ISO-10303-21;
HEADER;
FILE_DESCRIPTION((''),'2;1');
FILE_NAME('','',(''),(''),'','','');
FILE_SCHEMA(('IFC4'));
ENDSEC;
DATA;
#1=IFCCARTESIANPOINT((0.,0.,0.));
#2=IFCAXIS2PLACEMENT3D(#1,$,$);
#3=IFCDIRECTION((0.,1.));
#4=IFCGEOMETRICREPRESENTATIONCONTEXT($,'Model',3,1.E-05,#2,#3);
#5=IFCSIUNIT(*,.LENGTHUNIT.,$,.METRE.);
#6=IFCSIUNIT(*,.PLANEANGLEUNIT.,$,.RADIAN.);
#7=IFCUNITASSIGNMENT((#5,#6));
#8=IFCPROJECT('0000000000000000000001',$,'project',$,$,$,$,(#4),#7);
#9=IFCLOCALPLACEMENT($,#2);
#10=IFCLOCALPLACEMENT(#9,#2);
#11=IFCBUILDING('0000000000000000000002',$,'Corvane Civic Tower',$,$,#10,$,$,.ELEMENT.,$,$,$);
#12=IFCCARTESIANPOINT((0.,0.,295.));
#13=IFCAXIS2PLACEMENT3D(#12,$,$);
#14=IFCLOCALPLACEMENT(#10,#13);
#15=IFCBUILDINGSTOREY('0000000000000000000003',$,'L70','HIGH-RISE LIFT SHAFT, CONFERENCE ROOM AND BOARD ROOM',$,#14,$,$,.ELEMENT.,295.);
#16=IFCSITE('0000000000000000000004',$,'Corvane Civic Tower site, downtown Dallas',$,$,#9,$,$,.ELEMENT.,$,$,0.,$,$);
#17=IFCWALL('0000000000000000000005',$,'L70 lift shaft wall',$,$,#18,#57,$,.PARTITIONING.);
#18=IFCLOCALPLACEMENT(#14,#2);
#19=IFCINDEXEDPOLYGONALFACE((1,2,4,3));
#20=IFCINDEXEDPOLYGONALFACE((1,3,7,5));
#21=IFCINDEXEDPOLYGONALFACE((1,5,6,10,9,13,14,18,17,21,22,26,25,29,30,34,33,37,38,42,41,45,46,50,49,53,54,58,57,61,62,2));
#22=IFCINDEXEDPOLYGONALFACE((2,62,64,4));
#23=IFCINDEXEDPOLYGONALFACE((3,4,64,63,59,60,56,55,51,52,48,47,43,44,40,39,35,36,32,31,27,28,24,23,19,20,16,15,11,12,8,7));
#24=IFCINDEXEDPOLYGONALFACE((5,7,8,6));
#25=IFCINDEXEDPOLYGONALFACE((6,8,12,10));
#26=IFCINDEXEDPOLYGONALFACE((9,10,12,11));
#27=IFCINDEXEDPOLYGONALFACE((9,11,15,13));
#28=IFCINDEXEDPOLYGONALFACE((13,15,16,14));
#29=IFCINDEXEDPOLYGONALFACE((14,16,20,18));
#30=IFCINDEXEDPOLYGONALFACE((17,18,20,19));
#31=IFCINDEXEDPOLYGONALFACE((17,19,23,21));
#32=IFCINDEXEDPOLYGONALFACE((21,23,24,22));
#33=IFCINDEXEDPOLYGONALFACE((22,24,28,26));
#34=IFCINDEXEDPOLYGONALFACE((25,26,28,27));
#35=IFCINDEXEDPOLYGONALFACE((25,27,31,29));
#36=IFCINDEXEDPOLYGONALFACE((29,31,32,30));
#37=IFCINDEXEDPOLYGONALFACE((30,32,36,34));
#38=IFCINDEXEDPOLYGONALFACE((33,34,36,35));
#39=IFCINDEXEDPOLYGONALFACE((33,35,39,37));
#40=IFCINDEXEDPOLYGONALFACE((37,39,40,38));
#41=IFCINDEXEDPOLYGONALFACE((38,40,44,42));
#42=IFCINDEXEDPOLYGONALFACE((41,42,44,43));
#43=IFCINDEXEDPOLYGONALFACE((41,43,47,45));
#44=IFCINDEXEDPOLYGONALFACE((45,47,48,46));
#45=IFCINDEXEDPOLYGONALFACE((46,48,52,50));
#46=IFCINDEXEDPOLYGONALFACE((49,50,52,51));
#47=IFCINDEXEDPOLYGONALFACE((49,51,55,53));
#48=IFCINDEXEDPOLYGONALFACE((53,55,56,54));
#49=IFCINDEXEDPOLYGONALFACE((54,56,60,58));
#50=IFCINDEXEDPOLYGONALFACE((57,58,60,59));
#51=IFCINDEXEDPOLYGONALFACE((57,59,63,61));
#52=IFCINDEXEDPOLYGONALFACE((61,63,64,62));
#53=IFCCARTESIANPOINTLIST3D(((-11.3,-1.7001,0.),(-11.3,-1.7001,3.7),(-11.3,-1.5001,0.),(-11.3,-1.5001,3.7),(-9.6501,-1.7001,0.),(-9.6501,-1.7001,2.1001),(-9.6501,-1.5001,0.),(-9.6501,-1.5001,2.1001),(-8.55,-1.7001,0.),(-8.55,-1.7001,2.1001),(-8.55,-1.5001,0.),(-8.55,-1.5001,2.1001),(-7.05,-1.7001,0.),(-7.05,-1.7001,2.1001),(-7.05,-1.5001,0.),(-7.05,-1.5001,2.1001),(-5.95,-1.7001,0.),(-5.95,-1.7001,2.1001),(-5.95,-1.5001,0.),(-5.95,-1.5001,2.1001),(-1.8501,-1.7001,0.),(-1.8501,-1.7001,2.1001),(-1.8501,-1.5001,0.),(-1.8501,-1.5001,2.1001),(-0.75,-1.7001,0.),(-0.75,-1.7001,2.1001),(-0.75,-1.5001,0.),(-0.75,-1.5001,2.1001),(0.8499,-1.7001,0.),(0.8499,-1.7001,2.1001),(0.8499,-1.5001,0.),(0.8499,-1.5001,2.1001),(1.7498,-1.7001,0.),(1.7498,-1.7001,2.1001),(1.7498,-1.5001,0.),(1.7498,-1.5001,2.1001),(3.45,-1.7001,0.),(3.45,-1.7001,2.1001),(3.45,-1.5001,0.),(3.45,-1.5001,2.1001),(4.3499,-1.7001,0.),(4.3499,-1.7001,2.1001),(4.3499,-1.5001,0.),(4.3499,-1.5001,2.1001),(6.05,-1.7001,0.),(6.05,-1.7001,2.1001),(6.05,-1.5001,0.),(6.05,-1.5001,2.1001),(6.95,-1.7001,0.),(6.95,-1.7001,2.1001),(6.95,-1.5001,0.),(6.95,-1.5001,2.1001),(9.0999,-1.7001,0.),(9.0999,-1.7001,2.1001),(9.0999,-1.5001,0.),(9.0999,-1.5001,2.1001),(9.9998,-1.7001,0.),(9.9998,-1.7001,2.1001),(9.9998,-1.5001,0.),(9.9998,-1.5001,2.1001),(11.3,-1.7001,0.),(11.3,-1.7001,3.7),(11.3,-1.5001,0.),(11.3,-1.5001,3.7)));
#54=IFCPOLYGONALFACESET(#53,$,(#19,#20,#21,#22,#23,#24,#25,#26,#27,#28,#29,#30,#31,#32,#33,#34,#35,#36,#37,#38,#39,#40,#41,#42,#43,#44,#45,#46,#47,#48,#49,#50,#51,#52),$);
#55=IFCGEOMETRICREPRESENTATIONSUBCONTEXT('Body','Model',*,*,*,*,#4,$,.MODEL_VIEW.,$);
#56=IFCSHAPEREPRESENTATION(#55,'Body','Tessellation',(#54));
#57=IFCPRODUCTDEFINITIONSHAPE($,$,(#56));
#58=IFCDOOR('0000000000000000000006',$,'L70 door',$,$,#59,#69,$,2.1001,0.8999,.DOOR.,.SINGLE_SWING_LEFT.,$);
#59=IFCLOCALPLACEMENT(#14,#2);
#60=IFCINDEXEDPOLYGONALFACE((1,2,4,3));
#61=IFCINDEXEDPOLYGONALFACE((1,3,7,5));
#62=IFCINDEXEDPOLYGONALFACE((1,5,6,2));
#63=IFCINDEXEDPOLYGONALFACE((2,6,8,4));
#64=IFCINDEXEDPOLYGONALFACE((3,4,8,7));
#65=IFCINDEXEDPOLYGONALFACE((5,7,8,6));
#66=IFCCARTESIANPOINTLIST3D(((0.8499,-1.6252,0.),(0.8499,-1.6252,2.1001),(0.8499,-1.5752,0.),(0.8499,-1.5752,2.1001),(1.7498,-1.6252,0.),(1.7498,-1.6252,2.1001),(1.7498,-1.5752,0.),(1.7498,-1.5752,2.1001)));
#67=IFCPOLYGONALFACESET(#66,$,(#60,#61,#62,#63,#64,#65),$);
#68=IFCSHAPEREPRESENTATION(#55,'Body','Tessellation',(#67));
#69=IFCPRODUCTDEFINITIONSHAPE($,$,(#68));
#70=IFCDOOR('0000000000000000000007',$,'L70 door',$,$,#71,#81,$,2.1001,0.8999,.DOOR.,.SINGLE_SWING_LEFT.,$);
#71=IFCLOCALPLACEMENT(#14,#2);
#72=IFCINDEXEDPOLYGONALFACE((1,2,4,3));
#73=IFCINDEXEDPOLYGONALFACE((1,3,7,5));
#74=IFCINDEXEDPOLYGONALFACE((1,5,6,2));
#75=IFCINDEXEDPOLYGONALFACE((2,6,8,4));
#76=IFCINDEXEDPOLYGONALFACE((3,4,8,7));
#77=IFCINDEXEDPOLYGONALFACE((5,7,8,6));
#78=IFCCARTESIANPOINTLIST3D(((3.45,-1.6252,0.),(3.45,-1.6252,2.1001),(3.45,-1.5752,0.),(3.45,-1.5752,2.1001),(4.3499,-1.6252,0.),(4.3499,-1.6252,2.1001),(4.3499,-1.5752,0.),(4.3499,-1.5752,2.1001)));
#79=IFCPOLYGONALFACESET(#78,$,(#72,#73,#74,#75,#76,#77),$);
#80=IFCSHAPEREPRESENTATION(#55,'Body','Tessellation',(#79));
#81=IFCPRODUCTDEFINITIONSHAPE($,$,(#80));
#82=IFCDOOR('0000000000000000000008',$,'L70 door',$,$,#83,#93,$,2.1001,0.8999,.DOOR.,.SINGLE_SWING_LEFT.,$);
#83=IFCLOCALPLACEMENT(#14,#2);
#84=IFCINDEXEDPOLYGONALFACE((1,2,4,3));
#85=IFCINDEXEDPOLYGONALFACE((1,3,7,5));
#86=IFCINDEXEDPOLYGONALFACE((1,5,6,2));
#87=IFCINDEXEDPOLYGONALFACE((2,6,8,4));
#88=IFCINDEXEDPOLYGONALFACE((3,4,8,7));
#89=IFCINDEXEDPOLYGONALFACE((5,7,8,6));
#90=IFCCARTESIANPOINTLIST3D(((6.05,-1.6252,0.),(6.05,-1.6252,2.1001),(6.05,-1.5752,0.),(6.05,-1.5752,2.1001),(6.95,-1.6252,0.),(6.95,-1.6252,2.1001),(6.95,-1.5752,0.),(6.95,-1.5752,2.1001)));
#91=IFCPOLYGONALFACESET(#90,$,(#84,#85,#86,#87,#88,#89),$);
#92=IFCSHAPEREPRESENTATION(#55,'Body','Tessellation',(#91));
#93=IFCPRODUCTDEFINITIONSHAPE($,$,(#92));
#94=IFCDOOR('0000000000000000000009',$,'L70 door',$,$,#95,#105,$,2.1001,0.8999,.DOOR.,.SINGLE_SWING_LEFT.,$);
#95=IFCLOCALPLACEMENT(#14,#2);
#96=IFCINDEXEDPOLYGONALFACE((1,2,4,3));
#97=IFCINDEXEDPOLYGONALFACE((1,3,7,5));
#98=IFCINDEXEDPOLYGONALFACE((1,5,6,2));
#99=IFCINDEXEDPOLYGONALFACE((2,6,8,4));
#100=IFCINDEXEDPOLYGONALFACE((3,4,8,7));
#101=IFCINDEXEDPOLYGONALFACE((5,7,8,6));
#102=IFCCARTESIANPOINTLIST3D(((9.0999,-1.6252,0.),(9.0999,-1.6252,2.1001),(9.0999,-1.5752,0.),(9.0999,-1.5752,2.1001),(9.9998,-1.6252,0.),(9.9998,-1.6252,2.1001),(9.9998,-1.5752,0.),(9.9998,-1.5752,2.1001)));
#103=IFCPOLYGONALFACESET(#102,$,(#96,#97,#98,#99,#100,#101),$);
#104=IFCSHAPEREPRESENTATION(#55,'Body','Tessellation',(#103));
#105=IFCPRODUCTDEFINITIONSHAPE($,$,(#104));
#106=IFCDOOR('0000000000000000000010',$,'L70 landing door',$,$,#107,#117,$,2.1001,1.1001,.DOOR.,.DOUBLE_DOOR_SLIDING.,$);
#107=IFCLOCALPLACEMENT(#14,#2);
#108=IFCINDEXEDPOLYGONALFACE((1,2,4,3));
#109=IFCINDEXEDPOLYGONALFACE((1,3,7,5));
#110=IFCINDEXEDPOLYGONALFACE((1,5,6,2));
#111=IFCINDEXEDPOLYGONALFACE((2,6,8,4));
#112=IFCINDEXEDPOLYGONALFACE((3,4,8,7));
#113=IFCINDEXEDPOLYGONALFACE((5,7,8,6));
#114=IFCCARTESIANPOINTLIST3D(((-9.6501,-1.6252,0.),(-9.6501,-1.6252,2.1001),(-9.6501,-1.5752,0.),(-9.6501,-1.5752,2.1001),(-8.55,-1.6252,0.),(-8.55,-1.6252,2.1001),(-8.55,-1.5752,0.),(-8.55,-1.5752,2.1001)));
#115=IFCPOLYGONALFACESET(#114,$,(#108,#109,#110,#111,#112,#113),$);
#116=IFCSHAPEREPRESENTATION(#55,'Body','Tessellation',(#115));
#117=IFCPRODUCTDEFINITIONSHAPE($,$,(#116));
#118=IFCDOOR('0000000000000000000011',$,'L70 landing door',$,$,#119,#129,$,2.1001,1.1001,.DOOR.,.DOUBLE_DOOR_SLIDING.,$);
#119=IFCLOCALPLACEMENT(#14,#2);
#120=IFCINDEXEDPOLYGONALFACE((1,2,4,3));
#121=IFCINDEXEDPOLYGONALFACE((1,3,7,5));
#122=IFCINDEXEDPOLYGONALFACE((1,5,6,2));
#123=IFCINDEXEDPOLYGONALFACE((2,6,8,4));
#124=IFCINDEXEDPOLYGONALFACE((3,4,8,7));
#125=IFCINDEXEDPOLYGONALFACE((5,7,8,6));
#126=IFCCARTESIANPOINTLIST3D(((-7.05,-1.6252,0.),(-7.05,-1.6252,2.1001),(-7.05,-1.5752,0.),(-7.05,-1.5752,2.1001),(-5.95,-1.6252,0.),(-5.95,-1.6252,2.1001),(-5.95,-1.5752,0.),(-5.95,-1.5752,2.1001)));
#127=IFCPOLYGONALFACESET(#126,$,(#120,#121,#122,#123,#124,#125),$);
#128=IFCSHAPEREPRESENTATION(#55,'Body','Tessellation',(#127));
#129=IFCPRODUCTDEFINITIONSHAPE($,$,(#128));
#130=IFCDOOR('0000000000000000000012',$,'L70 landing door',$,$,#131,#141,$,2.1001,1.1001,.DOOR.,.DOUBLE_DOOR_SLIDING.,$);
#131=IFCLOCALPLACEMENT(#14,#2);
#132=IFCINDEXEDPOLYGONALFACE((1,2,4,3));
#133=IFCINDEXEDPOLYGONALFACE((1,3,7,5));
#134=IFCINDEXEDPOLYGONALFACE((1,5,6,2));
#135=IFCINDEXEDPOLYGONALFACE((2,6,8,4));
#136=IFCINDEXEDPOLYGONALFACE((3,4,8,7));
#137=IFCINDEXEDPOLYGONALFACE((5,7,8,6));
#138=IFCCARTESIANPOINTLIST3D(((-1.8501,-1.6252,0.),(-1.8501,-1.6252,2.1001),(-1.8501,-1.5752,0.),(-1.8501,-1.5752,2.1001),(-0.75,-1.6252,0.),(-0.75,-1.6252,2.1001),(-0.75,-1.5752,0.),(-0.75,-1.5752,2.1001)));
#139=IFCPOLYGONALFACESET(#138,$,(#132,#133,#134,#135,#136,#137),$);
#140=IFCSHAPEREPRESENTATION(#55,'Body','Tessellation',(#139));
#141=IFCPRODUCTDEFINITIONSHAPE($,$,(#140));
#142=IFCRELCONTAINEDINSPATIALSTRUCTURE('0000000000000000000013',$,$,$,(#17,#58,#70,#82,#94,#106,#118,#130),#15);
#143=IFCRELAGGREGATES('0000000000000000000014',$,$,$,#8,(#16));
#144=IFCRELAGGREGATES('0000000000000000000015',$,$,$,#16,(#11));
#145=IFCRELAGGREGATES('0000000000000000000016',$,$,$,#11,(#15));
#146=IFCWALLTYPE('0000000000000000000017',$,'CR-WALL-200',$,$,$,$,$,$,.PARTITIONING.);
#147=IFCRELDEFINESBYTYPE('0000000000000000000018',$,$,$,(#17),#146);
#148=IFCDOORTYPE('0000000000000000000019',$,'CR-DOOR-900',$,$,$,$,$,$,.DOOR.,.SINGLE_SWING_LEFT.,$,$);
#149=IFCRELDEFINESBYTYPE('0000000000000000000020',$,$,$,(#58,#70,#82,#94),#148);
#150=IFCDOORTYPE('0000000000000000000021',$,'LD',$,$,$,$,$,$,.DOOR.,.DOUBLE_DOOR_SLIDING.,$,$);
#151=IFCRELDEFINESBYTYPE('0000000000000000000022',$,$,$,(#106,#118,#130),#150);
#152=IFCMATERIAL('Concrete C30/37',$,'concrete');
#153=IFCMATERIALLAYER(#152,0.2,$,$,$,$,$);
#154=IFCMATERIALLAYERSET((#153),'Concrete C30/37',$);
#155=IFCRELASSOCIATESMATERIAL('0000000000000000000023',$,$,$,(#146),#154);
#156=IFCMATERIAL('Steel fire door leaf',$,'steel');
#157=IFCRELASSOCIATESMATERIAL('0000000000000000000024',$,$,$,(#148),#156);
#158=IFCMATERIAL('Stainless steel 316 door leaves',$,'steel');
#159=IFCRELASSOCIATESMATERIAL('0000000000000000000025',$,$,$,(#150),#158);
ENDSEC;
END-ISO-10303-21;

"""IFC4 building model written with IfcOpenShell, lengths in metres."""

from ifc_helpers import new_model, si_unit, direction, frame, frame_2d, origin, place, context, subcontext, project, spatial, rectangle, extrude, material, layer, layer_set, type_object, element, fill, save


model = new_model("IFC4")

# Units and contexts
model_context = context("Model", 3, precision=1e-05, world=origin(), true_north=direction((0.0, 1.0)))
body_context = subcontext(model_context, "Body", "Model", "MODEL_VIEW")
ifc_project = project(units=[si_unit("LENGTHUNIT", "METRE"), si_unit("PLANEANGLEUNIT", "RADIAN")], contexts=[model_context])

# Site, building, storey
site_placement = place(None, origin())
site = spatial("IfcSite", under=ifc_project, at=site_placement, Name="Corvane Civic Tower site, downtown Dallas", CompositionType="ELEMENT", RefElevation=0.0)
building_placement = place(site_placement, origin())
building = spatial("IfcBuilding", under=site, at=building_placement, Name="Corvane Civic Tower", CompositionType="ELEMENT")
storey_placement = place(building_placement, frame((0.0, 0.0, 295.0)))
storey = spatial("IfcBuildingStorey", under=building, at=storey_placement, Name="L70", Description="HIGH-RISE LIFT SHAFT, CONFERENCE ROOM AND BOARD ROOM", CompositionType="ELEMENT", Elevation=295.0)

# Wall, openings, doors
ifc_material_1 = material(Name="Concrete C30/37", Category="concrete")
ifc_layer_1 = layer(ifc_material_1, 0.2)
ifc_layer_set_1 = layer_set([ifc_layer_1], Name="Concrete C30/37")
wall_type_1 = type_object("IfcWallType", Name="CR-WALL-200", PredefinedType="PARTITIONING", material=ifc_layer_set_1)
wall_1_placement = place(storey_placement, frame((-11.3, -1.6001, 0.0), z_axis=(0.0, 0.0, 1.0), x_axis=(1.0, 0.0, 0.0)))
wall_1 = element("IfcWall", 1, at=wall_1_placement, inside=storey, type_object=wall_type_1, Name="L70 lift shaft wall", PredefinedType="PARTITIONING", context=body_context, shape_type="SweptSolid", body=[
    extrude(rectangle(XDim=22.6001, YDim=0.2, at=frame_2d((11.3, 0.0))), origin(), (0.0, 0.0, 1.0), 3.7),
])
opening_1_placement = place(wall_1_placement, frame((1.6499, 0.0, 0.0)))
opening_1 = element("IfcOpeningElement", 2, at=opening_1_placement, cuts=wall_1, PredefinedType="OPENING", context=body_context, shape_type="SweptSolid", body=[
    extrude(rectangle(XDim=1.1001, YDim=2.1001, at=frame_2d((0.55, 1.05))), frame((0.0, 0.1099, 0.0), z_axis=(0.0, -1.0, 0.0), x_axis=(1.0, 0.0, 0.0)), (0.0, 0.0, 1.0), 0.22),
])
opening_2_placement = place(wall_1_placement, frame((4.25, 0.0, 0.0)))
opening_2 = element("IfcOpeningElement", 3, at=opening_2_placement, cuts=wall_1, PredefinedType="OPENING", context=body_context, shape_type="SweptSolid", body=[
    extrude(rectangle(XDim=1.1001, YDim=2.1001, at=frame_2d((0.55, 1.05))), frame((0.0, 0.1099, 0.0), z_axis=(0.0, -1.0, 0.0), x_axis=(1.0, 0.0, 0.0)), (0.0, 0.0, 1.0), 0.22),
])
opening_3_placement = place(wall_1_placement, frame((9.45, 0.0, 0.0)))
opening_3 = element("IfcOpeningElement", 4, at=opening_3_placement, cuts=wall_1, PredefinedType="OPENING", context=body_context, shape_type="SweptSolid", body=[
    extrude(rectangle(XDim=1.1001, YDim=2.1001, at=frame_2d((0.55, 1.05))), frame((0.0, 0.1099, 0.0), z_axis=(0.0, -1.0, 0.0), x_axis=(1.0, 0.0, 0.0)), (0.0, 0.0, 1.0), 0.22),
])
opening_4_placement = place(wall_1_placement, frame((12.1499, 0.0, 0.0)))
opening_4 = element("IfcOpeningElement", 5, at=opening_4_placement, cuts=wall_1, PredefinedType="OPENING", context=body_context, shape_type="SweptSolid", body=[
    extrude(rectangle(XDim=0.8999, YDim=2.1001, at=frame_2d((0.45, 1.05))), frame((0.0, 0.1099, 0.0), z_axis=(0.0, -1.0, 0.0), x_axis=(1.0, 0.0, 0.0)), (0.0, 0.0, 1.0), 0.22),
])
opening_5_placement = place(wall_1_placement, frame((14.75, 0.0, 0.0)))
opening_5 = element("IfcOpeningElement", 6, at=opening_5_placement, cuts=wall_1, PredefinedType="OPENING", context=body_context, shape_type="SweptSolid", body=[
    extrude(rectangle(XDim=0.8999, YDim=2.1001, at=frame_2d((0.45, 1.05))), frame((0.0, 0.1099, 0.0), z_axis=(0.0, -1.0, 0.0), x_axis=(1.0, 0.0, 0.0)), (0.0, 0.0, 1.0), 0.22),
])
opening_6_placement = place(wall_1_placement, frame((17.3501, 0.0, 0.0)))
opening_6 = element("IfcOpeningElement", 7, at=opening_6_placement, cuts=wall_1, PredefinedType="OPENING", context=body_context, shape_type="SweptSolid", body=[
    extrude(rectangle(XDim=0.8999, YDim=2.1001, at=frame_2d((0.45, 1.05))), frame((0.0, 0.1099, 0.0), z_axis=(0.0, -1.0, 0.0), x_axis=(1.0, 0.0, 0.0)), (0.0, 0.0, 1.0), 0.22),
])
opening_7_placement = place(wall_1_placement, frame((20.3999, 0.0, 0.0)))
opening_7 = element("IfcOpeningElement", 8, at=opening_7_placement, cuts=wall_1, PredefinedType="OPENING", context=body_context, shape_type="SweptSolid", body=[
    extrude(rectangle(XDim=0.8999, YDim=2.1001, at=frame_2d((0.45, 1.05))), frame((0.0, 0.1099, 0.0), z_axis=(0.0, -1.0, 0.0), x_axis=(1.0, 0.0, 0.0)), (0.0, 0.0, 1.0), 0.22),
])
ifc_material_2 = material(Name="Steel fire door leaf", Category="steel")
door_type_1 = type_object("IfcDoorType", Name="CR-DOOR-900", OperationType="SINGLE_SWING_LEFT", PredefinedType="DOOR", material=ifc_material_2)
door_1_placement = place(opening_4_placement, origin())
door_1 = element("IfcDoor", 9, at=door_1_placement, inside=storey, type_object=door_type_1, Name="L70 door", OperationType="SINGLE_SWING_LEFT", OverallHeight=2.1001, OverallWidth=0.8999, PredefinedType="DOOR", context=body_context, shape_type="SweptSolid", body=[
    extrude(rectangle(XDim=0.8999, YDim=2.1001, at=frame_2d((0.45, 1.05))), frame((0.0, 0.0249, 0.0), z_axis=(0.0, -1.0, 0.0), x_axis=(1.0, 0.0, 0.0)), (0.0, 0.0, 1.0), 0.05),
])
fill(opening_4, door_1)
door_2_placement = place(opening_5_placement, origin())
door_2 = element("IfcDoor", 10, at=door_2_placement, inside=storey, type_object=door_type_1, Name="L70 door", OperationType="SINGLE_SWING_LEFT", OverallHeight=2.1001, OverallWidth=0.8999, PredefinedType="DOOR", context=body_context, shape_type="SweptSolid", body=[
    extrude(rectangle(XDim=0.8999, YDim=2.1001, at=frame_2d((0.45, 1.05))), frame((0.0, 0.0249, 0.0), z_axis=(0.0, -1.0, 0.0), x_axis=(1.0, 0.0, 0.0)), (0.0, 0.0, 1.0), 0.05),
])
fill(opening_5, door_2)
door_3_placement = place(opening_6_placement, origin())
door_3 = element("IfcDoor", 11, at=door_3_placement, inside=storey, type_object=door_type_1, Name="L70 door", OperationType="SINGLE_SWING_LEFT", OverallHeight=2.1001, OverallWidth=0.8999, PredefinedType="DOOR", context=body_context, shape_type="SweptSolid", body=[
    extrude(rectangle(XDim=0.8999, YDim=2.1001, at=frame_2d((0.45, 1.05))), frame((0.0, 0.0249, 0.0), z_axis=(0.0, -1.0, 0.0), x_axis=(1.0, 0.0, 0.0)), (0.0, 0.0, 1.0), 0.05),
])
fill(opening_6, door_3)
door_4_placement = place(opening_7_placement, origin())
door_4 = element("IfcDoor", 12, at=door_4_placement, inside=storey, type_object=door_type_1, Name="L70 door", OperationType="SINGLE_SWING_LEFT", OverallHeight=2.1001, OverallWidth=0.8999, PredefinedType="DOOR", context=body_context, shape_type="SweptSolid", body=[
    extrude(rectangle(XDim=0.8999, YDim=2.1001, at=frame_2d((0.45, 1.05))), frame((0.0, 0.0249, 0.0), z_axis=(0.0, -1.0, 0.0), x_axis=(1.0, 0.0, 0.0)), (0.0, 0.0, 1.0), 0.05),
])
fill(opening_7, door_4)
ifc_material_3 = material(Name="Stainless steel 316 door leaves", Category="steel")
door_type_2 = type_object("IfcDoorType", Name="LD", OperationType="DOUBLE_DOOR_SLIDING", PredefinedType="DOOR", material=ifc_material_3)
door_5_placement = place(opening_1_placement, origin())
door_5 = element("IfcDoor", 13, at=door_5_placement, inside=storey, type_object=door_type_2, Name="L70 landing door", OperationType="DOUBLE_DOOR_SLIDING", OverallHeight=2.1001, OverallWidth=1.1001, PredefinedType="DOOR", context=body_context, shape_type="SweptSolid", body=[
    extrude(rectangle(XDim=1.1001, YDim=2.1001, at=frame_2d((0.55, 1.05))), frame((0.0, 0.0249, 0.0), z_axis=(0.0, -1.0, 0.0), x_axis=(1.0, 0.0, 0.0)), (0.0, 0.0, 1.0), 0.05),
])
fill(opening_1, door_5)
door_6_placement = place(opening_2_placement, origin())
door_6 = element("IfcDoor", 14, at=door_6_placement, inside=storey, type_object=door_type_2, Name="L70 landing door", OperationType="DOUBLE_DOOR_SLIDING", OverallHeight=2.1001, OverallWidth=1.1001, PredefinedType="DOOR", context=body_context, shape_type="SweptSolid", body=[
    extrude(rectangle(XDim=1.1001, YDim=2.1001, at=frame_2d((0.55, 1.05))), frame((0.0, 0.0249, 0.0), z_axis=(0.0, -1.0, 0.0), x_axis=(1.0, 0.0, 0.0)), (0.0, 0.0, 1.0), 0.05),
])
fill(opening_2, door_6)
door_7_placement = place(opening_3_placement, origin())
door_7 = element("IfcDoor", 15, at=door_7_placement, inside=storey, type_object=door_type_2, Name="L70 landing door", OperationType="DOUBLE_DOOR_SLIDING", OverallHeight=2.1001, OverallWidth=1.1001, PredefinedType="DOOR", context=body_context, shape_type="SweptSolid", body=[
    extrude(rectangle(XDim=1.1001, YDim=2.1001, at=frame_2d((0.55, 1.05))), frame((0.0, 0.0249, 0.0), z_axis=(0.0, -1.0, 0.0), x_axis=(1.0, 0.0, 0.0)), (0.0, 0.0, 1.0), 0.05),
])
fill(opening_3, door_7)

save(model, "model.ifc")
